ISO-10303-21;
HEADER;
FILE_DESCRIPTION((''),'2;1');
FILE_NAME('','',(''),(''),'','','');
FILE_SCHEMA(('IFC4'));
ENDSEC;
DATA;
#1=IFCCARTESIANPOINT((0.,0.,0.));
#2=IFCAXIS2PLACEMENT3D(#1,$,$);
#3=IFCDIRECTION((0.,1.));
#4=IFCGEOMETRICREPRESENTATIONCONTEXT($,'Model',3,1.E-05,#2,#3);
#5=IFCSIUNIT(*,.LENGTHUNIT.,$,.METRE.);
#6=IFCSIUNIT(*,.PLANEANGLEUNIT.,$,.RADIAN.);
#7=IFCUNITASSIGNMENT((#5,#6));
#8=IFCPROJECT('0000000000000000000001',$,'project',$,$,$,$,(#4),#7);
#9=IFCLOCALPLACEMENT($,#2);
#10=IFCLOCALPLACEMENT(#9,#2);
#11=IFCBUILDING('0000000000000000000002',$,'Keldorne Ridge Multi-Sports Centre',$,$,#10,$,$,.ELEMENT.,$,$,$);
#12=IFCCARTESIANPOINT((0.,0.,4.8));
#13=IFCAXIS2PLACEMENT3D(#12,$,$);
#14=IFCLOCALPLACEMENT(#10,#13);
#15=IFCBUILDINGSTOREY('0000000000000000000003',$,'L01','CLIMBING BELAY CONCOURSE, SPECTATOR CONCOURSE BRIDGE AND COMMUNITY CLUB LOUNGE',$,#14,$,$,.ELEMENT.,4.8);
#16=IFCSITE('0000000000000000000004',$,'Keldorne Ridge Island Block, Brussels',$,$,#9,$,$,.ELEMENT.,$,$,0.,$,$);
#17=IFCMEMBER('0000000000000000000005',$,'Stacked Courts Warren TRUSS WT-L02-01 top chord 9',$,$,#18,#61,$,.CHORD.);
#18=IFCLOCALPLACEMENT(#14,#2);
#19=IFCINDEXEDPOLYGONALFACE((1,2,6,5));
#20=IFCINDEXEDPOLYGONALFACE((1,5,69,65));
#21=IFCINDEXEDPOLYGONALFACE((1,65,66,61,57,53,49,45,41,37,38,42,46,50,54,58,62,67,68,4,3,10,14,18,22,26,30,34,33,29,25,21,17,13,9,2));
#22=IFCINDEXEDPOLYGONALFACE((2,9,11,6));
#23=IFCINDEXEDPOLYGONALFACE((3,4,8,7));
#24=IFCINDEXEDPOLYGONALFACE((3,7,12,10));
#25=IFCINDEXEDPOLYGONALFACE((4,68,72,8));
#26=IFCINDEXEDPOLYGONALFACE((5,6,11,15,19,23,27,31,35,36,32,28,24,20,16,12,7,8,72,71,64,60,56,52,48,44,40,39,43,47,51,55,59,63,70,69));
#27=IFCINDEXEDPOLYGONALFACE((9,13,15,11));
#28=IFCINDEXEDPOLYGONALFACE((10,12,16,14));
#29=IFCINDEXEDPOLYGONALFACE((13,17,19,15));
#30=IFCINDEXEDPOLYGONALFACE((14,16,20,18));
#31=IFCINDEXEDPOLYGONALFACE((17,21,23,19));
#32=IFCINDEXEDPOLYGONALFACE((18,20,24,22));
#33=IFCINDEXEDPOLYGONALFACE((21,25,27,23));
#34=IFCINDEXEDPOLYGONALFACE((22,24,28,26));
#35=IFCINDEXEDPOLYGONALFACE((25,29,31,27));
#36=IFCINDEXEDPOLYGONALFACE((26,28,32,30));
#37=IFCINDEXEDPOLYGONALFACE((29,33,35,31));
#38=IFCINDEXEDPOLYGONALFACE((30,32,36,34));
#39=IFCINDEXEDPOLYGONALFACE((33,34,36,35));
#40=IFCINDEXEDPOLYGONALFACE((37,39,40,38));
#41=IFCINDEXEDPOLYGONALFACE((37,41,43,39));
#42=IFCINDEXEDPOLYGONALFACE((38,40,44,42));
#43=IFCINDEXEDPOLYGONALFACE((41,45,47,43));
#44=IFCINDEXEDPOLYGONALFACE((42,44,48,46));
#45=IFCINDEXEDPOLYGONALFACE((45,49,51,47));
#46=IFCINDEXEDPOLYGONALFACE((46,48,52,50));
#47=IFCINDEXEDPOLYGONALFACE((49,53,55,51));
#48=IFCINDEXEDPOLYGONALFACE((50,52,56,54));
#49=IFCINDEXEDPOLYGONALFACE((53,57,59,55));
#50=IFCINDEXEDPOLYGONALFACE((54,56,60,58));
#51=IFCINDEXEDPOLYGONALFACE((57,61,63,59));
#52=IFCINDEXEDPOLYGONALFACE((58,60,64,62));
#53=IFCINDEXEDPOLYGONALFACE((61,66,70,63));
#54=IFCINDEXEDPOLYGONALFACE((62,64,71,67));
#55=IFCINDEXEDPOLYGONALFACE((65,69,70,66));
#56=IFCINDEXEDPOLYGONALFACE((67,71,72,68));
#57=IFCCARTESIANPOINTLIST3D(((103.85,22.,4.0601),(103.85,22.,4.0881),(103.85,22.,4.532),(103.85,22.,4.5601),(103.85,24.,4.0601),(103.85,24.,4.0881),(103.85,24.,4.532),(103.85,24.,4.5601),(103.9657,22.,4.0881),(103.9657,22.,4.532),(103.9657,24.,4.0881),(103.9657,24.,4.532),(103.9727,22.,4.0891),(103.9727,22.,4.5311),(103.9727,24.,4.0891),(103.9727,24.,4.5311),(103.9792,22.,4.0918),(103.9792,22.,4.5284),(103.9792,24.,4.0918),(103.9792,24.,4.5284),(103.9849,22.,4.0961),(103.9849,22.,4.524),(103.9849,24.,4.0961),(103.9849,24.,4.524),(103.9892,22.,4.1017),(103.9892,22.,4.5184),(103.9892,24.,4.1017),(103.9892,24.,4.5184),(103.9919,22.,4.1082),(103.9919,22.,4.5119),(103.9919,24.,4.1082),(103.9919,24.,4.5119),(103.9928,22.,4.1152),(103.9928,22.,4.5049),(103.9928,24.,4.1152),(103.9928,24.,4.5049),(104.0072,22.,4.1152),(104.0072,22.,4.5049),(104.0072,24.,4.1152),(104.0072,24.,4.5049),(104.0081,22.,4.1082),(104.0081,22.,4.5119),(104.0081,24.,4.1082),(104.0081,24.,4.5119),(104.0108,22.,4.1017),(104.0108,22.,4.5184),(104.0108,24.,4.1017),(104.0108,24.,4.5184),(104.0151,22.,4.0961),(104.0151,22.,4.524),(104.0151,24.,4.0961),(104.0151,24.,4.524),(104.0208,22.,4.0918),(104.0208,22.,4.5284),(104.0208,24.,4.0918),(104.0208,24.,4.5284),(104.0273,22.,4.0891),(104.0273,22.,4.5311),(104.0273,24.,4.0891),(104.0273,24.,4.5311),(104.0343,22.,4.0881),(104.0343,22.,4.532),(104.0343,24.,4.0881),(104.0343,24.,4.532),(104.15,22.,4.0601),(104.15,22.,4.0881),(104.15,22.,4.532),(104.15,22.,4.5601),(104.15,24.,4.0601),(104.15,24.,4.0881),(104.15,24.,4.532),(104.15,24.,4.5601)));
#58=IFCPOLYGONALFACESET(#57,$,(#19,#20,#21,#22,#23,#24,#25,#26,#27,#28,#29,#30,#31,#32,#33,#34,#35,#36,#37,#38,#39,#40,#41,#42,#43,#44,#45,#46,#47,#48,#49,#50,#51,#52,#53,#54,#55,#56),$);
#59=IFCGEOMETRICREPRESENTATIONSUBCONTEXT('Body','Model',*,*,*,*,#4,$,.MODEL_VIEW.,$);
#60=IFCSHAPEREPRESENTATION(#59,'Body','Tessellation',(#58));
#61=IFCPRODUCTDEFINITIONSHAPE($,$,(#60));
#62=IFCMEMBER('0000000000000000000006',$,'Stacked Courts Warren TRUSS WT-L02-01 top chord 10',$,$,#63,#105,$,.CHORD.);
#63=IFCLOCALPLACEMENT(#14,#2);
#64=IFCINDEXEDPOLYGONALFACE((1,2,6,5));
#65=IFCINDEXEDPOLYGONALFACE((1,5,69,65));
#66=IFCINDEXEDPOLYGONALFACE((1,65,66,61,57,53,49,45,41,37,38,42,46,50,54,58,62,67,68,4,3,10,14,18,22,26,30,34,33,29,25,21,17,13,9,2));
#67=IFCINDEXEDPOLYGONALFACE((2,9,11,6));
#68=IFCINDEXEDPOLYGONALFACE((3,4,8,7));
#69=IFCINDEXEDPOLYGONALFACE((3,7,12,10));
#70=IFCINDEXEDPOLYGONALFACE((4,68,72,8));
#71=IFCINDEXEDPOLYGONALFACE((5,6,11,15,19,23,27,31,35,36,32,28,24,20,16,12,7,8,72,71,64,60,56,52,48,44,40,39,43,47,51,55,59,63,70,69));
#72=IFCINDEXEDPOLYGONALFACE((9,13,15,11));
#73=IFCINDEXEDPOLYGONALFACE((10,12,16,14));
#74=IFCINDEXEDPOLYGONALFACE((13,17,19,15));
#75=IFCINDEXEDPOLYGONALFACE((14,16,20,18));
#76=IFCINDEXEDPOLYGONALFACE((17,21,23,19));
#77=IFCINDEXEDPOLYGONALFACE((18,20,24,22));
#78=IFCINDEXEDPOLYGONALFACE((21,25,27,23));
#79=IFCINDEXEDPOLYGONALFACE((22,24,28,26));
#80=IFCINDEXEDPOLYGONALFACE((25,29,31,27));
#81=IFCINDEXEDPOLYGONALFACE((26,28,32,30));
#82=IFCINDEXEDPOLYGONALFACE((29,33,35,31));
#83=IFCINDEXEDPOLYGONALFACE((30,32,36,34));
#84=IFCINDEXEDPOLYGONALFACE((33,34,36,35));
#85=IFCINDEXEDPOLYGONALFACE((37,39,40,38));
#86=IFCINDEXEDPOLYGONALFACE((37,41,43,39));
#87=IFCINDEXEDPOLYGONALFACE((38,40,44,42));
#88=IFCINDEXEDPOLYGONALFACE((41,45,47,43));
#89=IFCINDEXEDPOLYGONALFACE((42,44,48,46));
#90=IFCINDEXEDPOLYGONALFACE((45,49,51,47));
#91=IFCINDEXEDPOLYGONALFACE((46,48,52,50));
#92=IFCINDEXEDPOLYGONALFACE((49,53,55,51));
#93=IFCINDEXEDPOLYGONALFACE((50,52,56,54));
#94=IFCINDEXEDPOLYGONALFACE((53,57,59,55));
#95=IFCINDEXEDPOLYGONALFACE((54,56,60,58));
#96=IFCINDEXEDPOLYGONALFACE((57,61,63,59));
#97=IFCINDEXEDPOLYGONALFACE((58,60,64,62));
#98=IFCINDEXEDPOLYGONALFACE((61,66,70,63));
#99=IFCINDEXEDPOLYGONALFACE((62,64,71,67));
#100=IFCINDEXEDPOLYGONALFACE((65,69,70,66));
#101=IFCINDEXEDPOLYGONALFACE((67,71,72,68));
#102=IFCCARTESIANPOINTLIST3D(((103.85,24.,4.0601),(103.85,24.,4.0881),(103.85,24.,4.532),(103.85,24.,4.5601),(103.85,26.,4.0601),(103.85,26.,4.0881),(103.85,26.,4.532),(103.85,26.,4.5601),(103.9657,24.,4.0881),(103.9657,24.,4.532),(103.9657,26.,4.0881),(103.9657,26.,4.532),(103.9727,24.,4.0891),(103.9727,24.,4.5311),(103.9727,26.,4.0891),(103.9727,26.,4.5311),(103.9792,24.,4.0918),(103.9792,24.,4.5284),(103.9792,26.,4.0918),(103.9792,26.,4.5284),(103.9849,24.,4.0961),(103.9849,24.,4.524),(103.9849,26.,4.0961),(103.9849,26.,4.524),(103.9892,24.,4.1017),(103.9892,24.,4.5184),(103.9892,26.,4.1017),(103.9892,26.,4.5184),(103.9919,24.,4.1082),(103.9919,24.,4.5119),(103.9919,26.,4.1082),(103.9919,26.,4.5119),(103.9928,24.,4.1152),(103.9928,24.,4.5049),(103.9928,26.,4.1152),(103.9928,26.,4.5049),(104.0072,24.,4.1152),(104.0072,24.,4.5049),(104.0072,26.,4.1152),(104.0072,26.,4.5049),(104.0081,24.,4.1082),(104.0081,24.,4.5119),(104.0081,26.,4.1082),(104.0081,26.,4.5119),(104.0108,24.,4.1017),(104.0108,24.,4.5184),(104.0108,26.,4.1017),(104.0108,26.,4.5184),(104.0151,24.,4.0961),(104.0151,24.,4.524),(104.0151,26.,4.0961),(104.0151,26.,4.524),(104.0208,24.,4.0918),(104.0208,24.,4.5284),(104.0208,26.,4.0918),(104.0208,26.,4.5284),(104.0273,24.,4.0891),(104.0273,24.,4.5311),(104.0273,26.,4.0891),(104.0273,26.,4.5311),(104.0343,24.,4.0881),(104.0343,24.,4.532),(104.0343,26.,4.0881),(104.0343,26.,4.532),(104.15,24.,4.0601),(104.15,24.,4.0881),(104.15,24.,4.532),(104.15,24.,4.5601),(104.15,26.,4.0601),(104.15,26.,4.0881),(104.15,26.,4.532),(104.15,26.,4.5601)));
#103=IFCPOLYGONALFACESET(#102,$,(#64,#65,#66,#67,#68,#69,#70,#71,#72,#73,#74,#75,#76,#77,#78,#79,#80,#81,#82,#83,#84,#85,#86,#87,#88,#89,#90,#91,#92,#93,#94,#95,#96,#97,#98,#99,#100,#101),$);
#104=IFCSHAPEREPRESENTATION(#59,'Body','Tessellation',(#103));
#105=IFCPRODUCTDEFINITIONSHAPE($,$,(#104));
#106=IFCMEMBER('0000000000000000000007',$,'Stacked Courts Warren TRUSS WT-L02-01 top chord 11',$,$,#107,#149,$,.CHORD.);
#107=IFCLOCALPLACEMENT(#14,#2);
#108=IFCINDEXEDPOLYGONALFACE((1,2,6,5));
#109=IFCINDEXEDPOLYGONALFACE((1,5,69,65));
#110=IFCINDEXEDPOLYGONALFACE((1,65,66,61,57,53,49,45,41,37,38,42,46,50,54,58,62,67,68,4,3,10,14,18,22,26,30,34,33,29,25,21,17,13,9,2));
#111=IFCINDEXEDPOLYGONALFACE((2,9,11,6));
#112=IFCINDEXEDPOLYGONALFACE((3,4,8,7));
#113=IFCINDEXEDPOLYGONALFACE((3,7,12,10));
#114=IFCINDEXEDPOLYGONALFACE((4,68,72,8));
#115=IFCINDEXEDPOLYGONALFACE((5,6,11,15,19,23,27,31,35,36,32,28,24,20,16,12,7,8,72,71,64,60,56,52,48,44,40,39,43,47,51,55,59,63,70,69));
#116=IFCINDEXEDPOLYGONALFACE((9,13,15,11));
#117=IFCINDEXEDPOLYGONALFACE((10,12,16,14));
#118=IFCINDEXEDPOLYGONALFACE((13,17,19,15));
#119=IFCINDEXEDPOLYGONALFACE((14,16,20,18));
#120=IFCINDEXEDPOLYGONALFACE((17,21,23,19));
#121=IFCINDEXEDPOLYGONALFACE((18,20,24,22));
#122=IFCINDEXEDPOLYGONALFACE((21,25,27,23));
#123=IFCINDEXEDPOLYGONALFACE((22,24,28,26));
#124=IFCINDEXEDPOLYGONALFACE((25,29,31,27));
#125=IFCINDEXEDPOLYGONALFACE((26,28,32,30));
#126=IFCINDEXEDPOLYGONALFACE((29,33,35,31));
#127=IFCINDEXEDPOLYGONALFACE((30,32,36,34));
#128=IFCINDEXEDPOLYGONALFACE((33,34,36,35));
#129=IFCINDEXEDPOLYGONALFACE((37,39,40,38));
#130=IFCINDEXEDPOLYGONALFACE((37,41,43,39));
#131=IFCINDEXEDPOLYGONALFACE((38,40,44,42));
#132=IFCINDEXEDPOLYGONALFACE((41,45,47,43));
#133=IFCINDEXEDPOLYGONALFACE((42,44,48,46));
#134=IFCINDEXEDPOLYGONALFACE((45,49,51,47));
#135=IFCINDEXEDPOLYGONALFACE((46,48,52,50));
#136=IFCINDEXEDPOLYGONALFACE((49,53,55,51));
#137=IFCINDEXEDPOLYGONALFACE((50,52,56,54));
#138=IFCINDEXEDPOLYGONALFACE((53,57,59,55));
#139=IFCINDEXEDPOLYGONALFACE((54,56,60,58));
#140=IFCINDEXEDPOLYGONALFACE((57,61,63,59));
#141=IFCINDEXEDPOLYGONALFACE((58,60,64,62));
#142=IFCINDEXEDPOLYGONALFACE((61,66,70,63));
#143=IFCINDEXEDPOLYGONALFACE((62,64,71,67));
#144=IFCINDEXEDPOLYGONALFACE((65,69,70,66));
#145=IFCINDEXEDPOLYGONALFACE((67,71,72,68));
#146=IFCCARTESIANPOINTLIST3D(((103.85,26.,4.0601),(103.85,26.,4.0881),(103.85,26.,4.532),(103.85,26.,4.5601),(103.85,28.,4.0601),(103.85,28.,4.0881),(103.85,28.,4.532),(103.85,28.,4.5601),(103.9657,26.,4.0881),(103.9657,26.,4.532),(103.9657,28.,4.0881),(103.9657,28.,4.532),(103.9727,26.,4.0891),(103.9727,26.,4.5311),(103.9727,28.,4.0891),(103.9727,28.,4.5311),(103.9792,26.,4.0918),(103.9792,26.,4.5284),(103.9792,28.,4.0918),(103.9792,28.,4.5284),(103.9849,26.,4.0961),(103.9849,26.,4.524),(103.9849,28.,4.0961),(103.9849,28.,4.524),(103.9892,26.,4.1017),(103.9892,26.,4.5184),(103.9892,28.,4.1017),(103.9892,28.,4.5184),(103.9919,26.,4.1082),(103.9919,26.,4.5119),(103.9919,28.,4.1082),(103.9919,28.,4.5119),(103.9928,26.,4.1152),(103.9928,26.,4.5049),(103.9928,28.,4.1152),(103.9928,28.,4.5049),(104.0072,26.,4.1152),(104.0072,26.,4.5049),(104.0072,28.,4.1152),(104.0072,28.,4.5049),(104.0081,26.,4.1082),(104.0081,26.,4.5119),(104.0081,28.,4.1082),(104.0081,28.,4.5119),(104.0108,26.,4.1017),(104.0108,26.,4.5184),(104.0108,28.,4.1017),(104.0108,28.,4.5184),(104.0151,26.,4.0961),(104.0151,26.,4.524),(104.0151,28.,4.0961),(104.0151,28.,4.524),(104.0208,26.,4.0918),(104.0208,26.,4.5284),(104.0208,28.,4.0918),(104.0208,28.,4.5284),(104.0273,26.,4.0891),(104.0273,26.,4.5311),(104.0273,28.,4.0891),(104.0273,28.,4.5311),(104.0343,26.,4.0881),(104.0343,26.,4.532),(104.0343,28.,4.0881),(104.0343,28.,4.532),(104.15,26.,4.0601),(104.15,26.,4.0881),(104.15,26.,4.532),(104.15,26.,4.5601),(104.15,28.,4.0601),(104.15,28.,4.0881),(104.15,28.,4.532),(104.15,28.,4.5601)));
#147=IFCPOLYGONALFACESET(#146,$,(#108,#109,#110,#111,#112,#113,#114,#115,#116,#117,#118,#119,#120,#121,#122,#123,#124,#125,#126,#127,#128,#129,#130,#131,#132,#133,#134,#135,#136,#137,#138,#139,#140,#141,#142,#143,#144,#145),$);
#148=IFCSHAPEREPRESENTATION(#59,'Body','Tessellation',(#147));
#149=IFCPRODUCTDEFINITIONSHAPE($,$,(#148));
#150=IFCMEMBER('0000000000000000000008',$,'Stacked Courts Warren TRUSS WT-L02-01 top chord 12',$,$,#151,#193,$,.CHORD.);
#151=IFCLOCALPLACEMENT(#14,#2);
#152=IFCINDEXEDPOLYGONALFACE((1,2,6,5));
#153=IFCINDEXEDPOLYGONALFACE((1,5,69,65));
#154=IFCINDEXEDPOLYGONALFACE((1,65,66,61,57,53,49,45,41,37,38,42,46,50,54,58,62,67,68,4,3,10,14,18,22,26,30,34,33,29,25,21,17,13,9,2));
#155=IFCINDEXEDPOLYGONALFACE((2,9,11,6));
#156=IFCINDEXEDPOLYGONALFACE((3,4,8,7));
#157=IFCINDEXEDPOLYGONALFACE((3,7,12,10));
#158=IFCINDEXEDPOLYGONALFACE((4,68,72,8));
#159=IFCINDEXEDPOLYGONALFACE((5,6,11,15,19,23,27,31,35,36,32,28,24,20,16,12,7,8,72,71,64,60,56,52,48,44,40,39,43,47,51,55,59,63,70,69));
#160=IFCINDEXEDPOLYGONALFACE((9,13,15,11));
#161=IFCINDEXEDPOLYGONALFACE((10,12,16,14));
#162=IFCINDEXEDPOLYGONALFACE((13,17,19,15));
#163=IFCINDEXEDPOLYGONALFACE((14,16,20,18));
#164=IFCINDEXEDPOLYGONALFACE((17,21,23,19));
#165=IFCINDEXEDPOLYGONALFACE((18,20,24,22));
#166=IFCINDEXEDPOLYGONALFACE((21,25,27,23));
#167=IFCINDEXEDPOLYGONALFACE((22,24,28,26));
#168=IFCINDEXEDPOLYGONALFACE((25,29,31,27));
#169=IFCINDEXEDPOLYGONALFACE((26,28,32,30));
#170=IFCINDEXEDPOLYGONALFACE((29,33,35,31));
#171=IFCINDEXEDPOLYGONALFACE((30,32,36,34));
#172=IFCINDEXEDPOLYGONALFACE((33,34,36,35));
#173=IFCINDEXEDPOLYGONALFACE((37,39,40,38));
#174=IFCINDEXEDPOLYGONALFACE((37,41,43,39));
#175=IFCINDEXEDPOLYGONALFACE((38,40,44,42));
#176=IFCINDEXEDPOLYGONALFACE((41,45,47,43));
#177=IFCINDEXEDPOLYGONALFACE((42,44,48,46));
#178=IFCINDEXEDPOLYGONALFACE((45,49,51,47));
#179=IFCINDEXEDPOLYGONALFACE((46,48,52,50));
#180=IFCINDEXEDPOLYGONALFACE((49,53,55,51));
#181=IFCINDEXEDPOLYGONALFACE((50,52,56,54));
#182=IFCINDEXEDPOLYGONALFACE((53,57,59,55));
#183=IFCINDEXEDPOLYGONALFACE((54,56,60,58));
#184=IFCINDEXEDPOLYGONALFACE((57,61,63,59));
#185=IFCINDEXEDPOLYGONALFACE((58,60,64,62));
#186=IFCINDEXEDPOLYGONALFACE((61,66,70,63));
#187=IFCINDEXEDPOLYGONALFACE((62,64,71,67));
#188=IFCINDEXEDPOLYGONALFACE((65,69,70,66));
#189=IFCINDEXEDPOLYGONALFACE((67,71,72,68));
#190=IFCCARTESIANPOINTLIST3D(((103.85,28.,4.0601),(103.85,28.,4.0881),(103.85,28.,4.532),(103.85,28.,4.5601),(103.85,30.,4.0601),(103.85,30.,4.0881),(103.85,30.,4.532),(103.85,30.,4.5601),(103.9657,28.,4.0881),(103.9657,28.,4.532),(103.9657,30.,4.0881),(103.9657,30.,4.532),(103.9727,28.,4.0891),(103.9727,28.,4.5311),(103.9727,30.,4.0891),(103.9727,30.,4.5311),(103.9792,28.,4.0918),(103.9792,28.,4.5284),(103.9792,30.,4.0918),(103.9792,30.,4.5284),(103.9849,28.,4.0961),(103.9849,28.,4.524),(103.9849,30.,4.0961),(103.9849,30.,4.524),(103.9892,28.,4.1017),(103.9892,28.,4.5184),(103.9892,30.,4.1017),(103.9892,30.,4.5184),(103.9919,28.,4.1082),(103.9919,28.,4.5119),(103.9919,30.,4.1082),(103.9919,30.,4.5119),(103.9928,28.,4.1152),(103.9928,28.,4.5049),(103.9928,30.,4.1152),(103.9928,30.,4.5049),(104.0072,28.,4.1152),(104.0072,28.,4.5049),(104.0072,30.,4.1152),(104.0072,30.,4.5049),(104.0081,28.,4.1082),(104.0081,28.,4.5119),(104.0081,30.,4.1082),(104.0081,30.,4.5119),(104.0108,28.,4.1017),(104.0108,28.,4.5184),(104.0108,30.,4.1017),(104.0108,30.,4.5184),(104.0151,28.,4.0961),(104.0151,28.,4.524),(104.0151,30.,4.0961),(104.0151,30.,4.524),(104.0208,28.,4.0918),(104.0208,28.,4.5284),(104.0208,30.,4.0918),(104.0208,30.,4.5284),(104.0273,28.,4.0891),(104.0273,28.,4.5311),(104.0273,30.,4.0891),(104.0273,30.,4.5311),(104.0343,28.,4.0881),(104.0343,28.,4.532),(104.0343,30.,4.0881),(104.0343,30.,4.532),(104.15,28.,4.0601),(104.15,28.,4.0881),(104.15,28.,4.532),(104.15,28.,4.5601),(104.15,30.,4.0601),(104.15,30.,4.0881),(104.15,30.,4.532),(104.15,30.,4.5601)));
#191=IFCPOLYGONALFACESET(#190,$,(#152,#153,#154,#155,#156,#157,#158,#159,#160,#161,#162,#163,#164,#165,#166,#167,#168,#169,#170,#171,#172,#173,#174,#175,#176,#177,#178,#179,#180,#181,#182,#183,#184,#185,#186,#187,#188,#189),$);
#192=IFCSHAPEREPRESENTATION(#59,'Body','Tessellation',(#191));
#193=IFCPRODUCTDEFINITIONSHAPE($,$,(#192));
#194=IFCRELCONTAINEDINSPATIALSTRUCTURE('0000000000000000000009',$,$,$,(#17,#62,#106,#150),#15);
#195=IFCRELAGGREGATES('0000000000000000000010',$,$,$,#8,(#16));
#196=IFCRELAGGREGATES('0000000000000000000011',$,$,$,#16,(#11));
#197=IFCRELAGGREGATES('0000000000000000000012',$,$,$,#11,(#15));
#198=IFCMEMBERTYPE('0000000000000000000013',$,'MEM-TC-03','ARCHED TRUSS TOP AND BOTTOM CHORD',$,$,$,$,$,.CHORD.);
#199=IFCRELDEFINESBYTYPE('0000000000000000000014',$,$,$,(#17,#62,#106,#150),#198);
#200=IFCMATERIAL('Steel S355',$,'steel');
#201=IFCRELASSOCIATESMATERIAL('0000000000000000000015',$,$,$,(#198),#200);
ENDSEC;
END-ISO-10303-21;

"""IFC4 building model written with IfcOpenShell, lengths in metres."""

from ifc_helpers import new_model, si_unit, direction, frame, origin, origin_2d, place, context, subcontext, project, spatial, i_section, extrude, material, material_profile, profile_set, type_object, element, save


model = new_model("IFC4")

# Units and contexts
model_context = context("Model", 3, precision=1e-05, world=origin(), true_north=direction((0.0, 1.0)))
body_context = subcontext(model_context, "Body", "Model", "MODEL_VIEW")
ifc_project = project(units=[si_unit("LENGTHUNIT", "METRE"), si_unit("PLANEANGLEUNIT", "RADIAN")], contexts=[model_context])

# Site, building, storey
site_placement = place(None, origin())
site = spatial("IfcSite", under=ifc_project, at=site_placement, Name="Keldorne Ridge Island Block, Brussels", CompositionType="ELEMENT", RefElevation=0.0)
building_placement = place(site_placement, origin())
building = spatial("IfcBuilding", under=site, at=building_placement, Name="Keldorne Ridge Multi-Sports Centre", CompositionType="ELEMENT")
storey_placement = place(building_placement, frame((0.0, 0.0, 4.8)))
storey = spatial("IfcBuildingStorey", under=building, at=storey_placement, Name="L01", Description="CLIMBING BELAY CONCOURSE, SPECTATOR CONCOURSE BRIDGE AND COMMUNITY CLUB LOUNGE", CompositionType="ELEMENT", Elevation=4.8)

# Shared definitions
ifc_material = material(Name="Steel S355", Category="steel")

# Members
ifc_material_profile_1 = material_profile(ifc_material, i_section(OverallWidth=0.3, OverallDepth=0.5, WebThickness=0.0144, FlangeThickness=0.0281, FilletRadius=0.0271, at=origin_2d()), Name="HEB 500")
ifc_profile_set_1 = profile_set([ifc_material_profile_1], Name="Steel S355")
member_type_1 = type_object("IfcMemberType", Name="MEM-TC-03", Description="ARCHED TRUSS TOP AND BOTTOM CHORD", PredefinedType="CHORD", material=ifc_profile_set_1)
for number, where, z_axis, x_axis, name in (
    (1, (104.0, 22.0, 4.3101), (0.0, 1.0, 0.0), (-1.0, 0.0, 0.0), "Stacked Courts Warren TRUSS WT-L02-01 top chord 9"),
    (2, (104.0, 24.0, 4.3101), (0.0, 1.0, 0.0), (-1.0, 0.0, 0.0), "Stacked Courts Warren TRUSS WT-L02-01 top chord 10"),
    (3, (104.0, 26.0, 4.3101), (0.0, 1.0, 0.0), (-1.0, 0.0, 0.0), "Stacked Courts Warren TRUSS WT-L02-01 top chord 11"),
    (4, (104.0, 28.0, 4.3101), (0.0, 1.0, 0.0), (-1.0, 0.0, 0.0), "Stacked Courts Warren TRUSS WT-L02-01 top chord 12"),
):
    element("IfcMember", number, at=place(storey_placement, frame(where, z_axis=z_axis, x_axis=x_axis)), inside=storey, type_object=member_type_1, Name=name, PredefinedType="CHORD", context=body_context, shape_type="SweptSolid", body=[
        extrude(i_section(OverallWidth=0.3, OverallDepth=0.5, WebThickness=0.0144, FlangeThickness=0.0281, FilletRadius=0.0271, at=origin_2d()), origin(), (0.0, 0.0, 1.0), 2.0),
    ])

save(model, "model.ifc")
